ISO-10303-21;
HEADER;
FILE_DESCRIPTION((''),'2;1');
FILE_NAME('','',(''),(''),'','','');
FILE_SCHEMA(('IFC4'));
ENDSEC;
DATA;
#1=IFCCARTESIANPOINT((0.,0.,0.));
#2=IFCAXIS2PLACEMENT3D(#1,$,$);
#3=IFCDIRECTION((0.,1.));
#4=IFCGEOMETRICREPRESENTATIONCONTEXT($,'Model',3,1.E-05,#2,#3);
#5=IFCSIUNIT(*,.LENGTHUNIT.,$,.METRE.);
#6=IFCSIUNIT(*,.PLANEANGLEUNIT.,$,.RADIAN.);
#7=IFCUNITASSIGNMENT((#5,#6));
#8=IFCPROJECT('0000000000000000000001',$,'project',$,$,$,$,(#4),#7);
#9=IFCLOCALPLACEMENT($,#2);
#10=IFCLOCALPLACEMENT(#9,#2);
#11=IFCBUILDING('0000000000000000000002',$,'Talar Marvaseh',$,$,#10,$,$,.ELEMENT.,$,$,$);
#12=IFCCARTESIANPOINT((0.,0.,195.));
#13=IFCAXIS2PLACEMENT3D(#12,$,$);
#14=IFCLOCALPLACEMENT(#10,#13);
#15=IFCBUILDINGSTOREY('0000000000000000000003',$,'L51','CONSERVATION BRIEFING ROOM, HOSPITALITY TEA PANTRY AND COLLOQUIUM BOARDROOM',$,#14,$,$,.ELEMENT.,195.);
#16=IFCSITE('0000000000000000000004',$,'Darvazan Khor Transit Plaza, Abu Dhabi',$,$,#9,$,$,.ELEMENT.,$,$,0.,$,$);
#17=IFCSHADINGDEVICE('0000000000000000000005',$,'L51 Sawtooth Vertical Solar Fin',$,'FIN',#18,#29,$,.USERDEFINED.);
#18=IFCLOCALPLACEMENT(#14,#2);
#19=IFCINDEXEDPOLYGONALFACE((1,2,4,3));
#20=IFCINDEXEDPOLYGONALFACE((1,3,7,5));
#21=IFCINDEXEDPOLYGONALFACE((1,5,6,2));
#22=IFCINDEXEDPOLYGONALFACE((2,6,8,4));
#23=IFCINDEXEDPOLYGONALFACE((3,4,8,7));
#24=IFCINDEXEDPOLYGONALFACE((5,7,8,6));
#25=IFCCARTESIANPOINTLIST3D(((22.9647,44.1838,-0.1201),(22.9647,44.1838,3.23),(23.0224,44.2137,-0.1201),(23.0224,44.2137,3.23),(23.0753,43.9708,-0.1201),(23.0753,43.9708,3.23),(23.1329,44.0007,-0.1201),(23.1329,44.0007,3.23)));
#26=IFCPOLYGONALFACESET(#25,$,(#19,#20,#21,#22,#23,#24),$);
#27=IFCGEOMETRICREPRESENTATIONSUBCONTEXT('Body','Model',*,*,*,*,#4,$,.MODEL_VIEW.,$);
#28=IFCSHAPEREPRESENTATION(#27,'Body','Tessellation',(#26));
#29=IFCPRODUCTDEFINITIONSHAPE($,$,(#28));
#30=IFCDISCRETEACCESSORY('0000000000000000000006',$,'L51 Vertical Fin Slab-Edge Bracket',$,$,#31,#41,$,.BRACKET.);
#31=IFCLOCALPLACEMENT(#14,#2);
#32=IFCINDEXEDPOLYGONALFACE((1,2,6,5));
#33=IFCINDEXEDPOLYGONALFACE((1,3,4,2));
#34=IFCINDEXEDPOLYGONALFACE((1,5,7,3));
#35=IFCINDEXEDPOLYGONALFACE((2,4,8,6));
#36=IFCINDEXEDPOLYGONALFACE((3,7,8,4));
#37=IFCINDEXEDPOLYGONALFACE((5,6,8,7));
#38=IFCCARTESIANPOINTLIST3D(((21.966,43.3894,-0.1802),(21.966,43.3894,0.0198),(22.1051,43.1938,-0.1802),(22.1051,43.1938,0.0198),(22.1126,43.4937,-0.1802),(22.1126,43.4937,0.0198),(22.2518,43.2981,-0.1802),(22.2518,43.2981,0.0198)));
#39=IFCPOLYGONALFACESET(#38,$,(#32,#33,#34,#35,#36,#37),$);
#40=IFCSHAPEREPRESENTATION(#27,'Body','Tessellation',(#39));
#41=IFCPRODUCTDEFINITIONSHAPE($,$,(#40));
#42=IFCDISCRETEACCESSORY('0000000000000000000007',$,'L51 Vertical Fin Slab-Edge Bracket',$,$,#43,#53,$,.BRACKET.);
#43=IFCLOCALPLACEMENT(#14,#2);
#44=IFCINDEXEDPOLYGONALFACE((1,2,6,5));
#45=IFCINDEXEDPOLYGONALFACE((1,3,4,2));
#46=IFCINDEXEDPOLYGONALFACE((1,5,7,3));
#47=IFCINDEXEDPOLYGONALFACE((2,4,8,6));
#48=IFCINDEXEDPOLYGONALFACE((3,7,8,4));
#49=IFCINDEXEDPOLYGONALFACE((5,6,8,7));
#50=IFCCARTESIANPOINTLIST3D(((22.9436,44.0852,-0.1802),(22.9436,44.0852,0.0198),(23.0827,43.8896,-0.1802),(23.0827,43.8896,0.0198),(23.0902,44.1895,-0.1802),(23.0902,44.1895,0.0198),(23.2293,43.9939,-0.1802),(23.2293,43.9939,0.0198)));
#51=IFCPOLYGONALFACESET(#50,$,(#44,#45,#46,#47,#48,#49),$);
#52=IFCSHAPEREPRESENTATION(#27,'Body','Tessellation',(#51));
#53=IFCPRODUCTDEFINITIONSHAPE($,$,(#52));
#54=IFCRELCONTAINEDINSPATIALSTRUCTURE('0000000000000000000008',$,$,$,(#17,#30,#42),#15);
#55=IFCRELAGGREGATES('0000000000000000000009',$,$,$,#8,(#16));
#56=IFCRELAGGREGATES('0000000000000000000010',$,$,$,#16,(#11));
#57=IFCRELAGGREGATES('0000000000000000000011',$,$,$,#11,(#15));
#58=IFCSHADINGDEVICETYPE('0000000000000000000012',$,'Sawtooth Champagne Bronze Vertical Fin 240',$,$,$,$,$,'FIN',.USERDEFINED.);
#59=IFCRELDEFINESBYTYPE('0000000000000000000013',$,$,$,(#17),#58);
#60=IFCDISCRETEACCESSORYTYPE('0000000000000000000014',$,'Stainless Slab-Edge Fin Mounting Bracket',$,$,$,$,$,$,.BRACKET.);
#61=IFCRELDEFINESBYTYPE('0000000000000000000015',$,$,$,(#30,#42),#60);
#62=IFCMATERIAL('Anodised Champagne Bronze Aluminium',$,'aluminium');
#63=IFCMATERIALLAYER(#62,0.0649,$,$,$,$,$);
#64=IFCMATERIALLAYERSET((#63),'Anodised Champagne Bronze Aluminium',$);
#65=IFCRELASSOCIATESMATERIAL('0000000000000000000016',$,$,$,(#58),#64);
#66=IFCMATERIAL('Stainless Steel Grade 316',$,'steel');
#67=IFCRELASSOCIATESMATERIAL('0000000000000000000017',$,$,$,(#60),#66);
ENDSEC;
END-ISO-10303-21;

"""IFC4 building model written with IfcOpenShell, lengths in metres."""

from ifc_helpers import new_model, si_unit, direction, frame, origin, origin_2d, place, context, subcontext, project, spatial, rectangle, extrude, source, transform, mapped, material, layer, layer_set, type_object, type_shapes, element, save


model = new_model("IFC4")

# Units and contexts
model_context = context("Model", 3, precision=1e-05, world=origin(), true_north=direction((0.0, 1.0)))
body_context = subcontext(model_context, "Body", "Model", "MODEL_VIEW")
ifc_project = project(units=[si_unit("LENGTHUNIT", "METRE"), si_unit("PLANEANGLEUNIT", "RADIAN")], contexts=[model_context])

# Site, building, storey
site_placement = place(None, origin())
site = spatial("IfcSite", under=ifc_project, at=site_placement, Name="Darvazan Khor Transit Plaza, Abu Dhabi", CompositionType="ELEMENT", RefElevation=0.0)
building_placement = place(site_placement, origin())
building = spatial("IfcBuilding", under=site, at=building_placement, Name="Talar Marvaseh", CompositionType="ELEMENT")
storey_placement = place(building_placement, frame((0.0, 0.0, 195.0)))
storey = spatial("IfcBuildingStorey", under=building, at=storey_placement, Name="L51", Description="CONSERVATION BRIEFING ROOM, HOSPITALITY TEA PANTRY AND COLLOQUIUM BOARDROOM", CompositionType="ELEMENT", Elevation=195.0)

# Shading device
ifc_material_1 = material(Name="Anodised Champagne Bronze Aluminium", Category="aluminium")
ifc_layer_1 = layer(ifc_material_1, 0.0649)
ifc_layer_set_1 = layer_set([ifc_layer_1], Name="Anodised Champagne Bronze Aluminium")
shading_device_type = type_object("IfcShadingDeviceType", Name="Sawtooth Champagne Bronze Vertical Fin 240", ElementType="FIN", PredefinedType="USERDEFINED", material=ifc_layer_set_1)
shared_shape_1 = source(origin(), body_context, "Body", "SweptSolid", [
    extrude(rectangle(XDim=0.24, YDim=0.0649, at=origin_2d()), origin(), (0.0, 0.0, 1.0), 3.3501),
])
type_shapes(shading_device_type, [shared_shape_1])
shading_device_placement = place(storey_placement, frame((23.0488, 44.0923, -0.1201), z_axis=(0.0, 0.0, 1.0), x_axis=(-0.460665, 0.887574, 0.0)))
element("IfcShadingDevice", 1, at=shading_device_placement, inside=storey, type_object=shading_device_type, Name="L51 Sawtooth Vertical Solar Fin", ObjectType="FIN", PredefinedType="USERDEFINED", context=body_context, shape_type="MappedRepresentation", body=[
    mapped(shared_shape_1, transform((0.0, 0.0, 0.0), x_axis=(1.0, 0.0, 0.0), y_axis=(0.0, 1.0, 0.0), z_axis=(0.0, 0.0, 1.0), scale=1.0)),
])

# Discrete accessories
ifc_material_2 = material(Name="Stainless Steel Grade 316", Category="steel")
discrete_accessory_type = type_object("IfcDiscreteAccessoryType", Name="Stainless Slab-Edge Fin Mounting Bracket", PredefinedType="BRACKET", material=ifc_material_2)
shared_shape_2 = source(origin(), body_context, "Body", "SweptSolid", [
    extrude(rectangle(XDim=0.24, YDim=0.1799, at=origin_2d()), origin(), (0.0, 0.0, 1.0), 0.2),
])
type_shapes(discrete_accessory_type, [shared_shape_2])
for number, where, z_axis, x_axis, name in (
    (2, (22.1089, 43.3438, -0.1802), (0.0, 0.0, 1.0), (-0.579708, 0.814824, 0.0), "L51 Vertical Fin Slab-Edge Bracket"),
    (3, (23.0864, 44.0396, -0.1802), (0.0, 0.0, 1.0), (-0.579708, 0.814824, 0.0), "L51 Vertical Fin Slab-Edge Bracket"),
):
    element("IfcDiscreteAccessory", number, at=place(storey_placement, frame(where, z_axis=z_axis, x_axis=x_axis)), inside=storey, type_object=discrete_accessory_type, Name=name, PredefinedType="BRACKET", context=body_context, shape_type="MappedRepresentation", body=[
        mapped(shared_shape_2, transform((0.0, 0.0, 0.0), x_axis=(1.0, 0.0, 0.0), y_axis=(0.0, 1.0, 0.0), z_axis=(0.0, 0.0, 1.0), scale=1.0)),
    ])

save(model, "model.ifc")
